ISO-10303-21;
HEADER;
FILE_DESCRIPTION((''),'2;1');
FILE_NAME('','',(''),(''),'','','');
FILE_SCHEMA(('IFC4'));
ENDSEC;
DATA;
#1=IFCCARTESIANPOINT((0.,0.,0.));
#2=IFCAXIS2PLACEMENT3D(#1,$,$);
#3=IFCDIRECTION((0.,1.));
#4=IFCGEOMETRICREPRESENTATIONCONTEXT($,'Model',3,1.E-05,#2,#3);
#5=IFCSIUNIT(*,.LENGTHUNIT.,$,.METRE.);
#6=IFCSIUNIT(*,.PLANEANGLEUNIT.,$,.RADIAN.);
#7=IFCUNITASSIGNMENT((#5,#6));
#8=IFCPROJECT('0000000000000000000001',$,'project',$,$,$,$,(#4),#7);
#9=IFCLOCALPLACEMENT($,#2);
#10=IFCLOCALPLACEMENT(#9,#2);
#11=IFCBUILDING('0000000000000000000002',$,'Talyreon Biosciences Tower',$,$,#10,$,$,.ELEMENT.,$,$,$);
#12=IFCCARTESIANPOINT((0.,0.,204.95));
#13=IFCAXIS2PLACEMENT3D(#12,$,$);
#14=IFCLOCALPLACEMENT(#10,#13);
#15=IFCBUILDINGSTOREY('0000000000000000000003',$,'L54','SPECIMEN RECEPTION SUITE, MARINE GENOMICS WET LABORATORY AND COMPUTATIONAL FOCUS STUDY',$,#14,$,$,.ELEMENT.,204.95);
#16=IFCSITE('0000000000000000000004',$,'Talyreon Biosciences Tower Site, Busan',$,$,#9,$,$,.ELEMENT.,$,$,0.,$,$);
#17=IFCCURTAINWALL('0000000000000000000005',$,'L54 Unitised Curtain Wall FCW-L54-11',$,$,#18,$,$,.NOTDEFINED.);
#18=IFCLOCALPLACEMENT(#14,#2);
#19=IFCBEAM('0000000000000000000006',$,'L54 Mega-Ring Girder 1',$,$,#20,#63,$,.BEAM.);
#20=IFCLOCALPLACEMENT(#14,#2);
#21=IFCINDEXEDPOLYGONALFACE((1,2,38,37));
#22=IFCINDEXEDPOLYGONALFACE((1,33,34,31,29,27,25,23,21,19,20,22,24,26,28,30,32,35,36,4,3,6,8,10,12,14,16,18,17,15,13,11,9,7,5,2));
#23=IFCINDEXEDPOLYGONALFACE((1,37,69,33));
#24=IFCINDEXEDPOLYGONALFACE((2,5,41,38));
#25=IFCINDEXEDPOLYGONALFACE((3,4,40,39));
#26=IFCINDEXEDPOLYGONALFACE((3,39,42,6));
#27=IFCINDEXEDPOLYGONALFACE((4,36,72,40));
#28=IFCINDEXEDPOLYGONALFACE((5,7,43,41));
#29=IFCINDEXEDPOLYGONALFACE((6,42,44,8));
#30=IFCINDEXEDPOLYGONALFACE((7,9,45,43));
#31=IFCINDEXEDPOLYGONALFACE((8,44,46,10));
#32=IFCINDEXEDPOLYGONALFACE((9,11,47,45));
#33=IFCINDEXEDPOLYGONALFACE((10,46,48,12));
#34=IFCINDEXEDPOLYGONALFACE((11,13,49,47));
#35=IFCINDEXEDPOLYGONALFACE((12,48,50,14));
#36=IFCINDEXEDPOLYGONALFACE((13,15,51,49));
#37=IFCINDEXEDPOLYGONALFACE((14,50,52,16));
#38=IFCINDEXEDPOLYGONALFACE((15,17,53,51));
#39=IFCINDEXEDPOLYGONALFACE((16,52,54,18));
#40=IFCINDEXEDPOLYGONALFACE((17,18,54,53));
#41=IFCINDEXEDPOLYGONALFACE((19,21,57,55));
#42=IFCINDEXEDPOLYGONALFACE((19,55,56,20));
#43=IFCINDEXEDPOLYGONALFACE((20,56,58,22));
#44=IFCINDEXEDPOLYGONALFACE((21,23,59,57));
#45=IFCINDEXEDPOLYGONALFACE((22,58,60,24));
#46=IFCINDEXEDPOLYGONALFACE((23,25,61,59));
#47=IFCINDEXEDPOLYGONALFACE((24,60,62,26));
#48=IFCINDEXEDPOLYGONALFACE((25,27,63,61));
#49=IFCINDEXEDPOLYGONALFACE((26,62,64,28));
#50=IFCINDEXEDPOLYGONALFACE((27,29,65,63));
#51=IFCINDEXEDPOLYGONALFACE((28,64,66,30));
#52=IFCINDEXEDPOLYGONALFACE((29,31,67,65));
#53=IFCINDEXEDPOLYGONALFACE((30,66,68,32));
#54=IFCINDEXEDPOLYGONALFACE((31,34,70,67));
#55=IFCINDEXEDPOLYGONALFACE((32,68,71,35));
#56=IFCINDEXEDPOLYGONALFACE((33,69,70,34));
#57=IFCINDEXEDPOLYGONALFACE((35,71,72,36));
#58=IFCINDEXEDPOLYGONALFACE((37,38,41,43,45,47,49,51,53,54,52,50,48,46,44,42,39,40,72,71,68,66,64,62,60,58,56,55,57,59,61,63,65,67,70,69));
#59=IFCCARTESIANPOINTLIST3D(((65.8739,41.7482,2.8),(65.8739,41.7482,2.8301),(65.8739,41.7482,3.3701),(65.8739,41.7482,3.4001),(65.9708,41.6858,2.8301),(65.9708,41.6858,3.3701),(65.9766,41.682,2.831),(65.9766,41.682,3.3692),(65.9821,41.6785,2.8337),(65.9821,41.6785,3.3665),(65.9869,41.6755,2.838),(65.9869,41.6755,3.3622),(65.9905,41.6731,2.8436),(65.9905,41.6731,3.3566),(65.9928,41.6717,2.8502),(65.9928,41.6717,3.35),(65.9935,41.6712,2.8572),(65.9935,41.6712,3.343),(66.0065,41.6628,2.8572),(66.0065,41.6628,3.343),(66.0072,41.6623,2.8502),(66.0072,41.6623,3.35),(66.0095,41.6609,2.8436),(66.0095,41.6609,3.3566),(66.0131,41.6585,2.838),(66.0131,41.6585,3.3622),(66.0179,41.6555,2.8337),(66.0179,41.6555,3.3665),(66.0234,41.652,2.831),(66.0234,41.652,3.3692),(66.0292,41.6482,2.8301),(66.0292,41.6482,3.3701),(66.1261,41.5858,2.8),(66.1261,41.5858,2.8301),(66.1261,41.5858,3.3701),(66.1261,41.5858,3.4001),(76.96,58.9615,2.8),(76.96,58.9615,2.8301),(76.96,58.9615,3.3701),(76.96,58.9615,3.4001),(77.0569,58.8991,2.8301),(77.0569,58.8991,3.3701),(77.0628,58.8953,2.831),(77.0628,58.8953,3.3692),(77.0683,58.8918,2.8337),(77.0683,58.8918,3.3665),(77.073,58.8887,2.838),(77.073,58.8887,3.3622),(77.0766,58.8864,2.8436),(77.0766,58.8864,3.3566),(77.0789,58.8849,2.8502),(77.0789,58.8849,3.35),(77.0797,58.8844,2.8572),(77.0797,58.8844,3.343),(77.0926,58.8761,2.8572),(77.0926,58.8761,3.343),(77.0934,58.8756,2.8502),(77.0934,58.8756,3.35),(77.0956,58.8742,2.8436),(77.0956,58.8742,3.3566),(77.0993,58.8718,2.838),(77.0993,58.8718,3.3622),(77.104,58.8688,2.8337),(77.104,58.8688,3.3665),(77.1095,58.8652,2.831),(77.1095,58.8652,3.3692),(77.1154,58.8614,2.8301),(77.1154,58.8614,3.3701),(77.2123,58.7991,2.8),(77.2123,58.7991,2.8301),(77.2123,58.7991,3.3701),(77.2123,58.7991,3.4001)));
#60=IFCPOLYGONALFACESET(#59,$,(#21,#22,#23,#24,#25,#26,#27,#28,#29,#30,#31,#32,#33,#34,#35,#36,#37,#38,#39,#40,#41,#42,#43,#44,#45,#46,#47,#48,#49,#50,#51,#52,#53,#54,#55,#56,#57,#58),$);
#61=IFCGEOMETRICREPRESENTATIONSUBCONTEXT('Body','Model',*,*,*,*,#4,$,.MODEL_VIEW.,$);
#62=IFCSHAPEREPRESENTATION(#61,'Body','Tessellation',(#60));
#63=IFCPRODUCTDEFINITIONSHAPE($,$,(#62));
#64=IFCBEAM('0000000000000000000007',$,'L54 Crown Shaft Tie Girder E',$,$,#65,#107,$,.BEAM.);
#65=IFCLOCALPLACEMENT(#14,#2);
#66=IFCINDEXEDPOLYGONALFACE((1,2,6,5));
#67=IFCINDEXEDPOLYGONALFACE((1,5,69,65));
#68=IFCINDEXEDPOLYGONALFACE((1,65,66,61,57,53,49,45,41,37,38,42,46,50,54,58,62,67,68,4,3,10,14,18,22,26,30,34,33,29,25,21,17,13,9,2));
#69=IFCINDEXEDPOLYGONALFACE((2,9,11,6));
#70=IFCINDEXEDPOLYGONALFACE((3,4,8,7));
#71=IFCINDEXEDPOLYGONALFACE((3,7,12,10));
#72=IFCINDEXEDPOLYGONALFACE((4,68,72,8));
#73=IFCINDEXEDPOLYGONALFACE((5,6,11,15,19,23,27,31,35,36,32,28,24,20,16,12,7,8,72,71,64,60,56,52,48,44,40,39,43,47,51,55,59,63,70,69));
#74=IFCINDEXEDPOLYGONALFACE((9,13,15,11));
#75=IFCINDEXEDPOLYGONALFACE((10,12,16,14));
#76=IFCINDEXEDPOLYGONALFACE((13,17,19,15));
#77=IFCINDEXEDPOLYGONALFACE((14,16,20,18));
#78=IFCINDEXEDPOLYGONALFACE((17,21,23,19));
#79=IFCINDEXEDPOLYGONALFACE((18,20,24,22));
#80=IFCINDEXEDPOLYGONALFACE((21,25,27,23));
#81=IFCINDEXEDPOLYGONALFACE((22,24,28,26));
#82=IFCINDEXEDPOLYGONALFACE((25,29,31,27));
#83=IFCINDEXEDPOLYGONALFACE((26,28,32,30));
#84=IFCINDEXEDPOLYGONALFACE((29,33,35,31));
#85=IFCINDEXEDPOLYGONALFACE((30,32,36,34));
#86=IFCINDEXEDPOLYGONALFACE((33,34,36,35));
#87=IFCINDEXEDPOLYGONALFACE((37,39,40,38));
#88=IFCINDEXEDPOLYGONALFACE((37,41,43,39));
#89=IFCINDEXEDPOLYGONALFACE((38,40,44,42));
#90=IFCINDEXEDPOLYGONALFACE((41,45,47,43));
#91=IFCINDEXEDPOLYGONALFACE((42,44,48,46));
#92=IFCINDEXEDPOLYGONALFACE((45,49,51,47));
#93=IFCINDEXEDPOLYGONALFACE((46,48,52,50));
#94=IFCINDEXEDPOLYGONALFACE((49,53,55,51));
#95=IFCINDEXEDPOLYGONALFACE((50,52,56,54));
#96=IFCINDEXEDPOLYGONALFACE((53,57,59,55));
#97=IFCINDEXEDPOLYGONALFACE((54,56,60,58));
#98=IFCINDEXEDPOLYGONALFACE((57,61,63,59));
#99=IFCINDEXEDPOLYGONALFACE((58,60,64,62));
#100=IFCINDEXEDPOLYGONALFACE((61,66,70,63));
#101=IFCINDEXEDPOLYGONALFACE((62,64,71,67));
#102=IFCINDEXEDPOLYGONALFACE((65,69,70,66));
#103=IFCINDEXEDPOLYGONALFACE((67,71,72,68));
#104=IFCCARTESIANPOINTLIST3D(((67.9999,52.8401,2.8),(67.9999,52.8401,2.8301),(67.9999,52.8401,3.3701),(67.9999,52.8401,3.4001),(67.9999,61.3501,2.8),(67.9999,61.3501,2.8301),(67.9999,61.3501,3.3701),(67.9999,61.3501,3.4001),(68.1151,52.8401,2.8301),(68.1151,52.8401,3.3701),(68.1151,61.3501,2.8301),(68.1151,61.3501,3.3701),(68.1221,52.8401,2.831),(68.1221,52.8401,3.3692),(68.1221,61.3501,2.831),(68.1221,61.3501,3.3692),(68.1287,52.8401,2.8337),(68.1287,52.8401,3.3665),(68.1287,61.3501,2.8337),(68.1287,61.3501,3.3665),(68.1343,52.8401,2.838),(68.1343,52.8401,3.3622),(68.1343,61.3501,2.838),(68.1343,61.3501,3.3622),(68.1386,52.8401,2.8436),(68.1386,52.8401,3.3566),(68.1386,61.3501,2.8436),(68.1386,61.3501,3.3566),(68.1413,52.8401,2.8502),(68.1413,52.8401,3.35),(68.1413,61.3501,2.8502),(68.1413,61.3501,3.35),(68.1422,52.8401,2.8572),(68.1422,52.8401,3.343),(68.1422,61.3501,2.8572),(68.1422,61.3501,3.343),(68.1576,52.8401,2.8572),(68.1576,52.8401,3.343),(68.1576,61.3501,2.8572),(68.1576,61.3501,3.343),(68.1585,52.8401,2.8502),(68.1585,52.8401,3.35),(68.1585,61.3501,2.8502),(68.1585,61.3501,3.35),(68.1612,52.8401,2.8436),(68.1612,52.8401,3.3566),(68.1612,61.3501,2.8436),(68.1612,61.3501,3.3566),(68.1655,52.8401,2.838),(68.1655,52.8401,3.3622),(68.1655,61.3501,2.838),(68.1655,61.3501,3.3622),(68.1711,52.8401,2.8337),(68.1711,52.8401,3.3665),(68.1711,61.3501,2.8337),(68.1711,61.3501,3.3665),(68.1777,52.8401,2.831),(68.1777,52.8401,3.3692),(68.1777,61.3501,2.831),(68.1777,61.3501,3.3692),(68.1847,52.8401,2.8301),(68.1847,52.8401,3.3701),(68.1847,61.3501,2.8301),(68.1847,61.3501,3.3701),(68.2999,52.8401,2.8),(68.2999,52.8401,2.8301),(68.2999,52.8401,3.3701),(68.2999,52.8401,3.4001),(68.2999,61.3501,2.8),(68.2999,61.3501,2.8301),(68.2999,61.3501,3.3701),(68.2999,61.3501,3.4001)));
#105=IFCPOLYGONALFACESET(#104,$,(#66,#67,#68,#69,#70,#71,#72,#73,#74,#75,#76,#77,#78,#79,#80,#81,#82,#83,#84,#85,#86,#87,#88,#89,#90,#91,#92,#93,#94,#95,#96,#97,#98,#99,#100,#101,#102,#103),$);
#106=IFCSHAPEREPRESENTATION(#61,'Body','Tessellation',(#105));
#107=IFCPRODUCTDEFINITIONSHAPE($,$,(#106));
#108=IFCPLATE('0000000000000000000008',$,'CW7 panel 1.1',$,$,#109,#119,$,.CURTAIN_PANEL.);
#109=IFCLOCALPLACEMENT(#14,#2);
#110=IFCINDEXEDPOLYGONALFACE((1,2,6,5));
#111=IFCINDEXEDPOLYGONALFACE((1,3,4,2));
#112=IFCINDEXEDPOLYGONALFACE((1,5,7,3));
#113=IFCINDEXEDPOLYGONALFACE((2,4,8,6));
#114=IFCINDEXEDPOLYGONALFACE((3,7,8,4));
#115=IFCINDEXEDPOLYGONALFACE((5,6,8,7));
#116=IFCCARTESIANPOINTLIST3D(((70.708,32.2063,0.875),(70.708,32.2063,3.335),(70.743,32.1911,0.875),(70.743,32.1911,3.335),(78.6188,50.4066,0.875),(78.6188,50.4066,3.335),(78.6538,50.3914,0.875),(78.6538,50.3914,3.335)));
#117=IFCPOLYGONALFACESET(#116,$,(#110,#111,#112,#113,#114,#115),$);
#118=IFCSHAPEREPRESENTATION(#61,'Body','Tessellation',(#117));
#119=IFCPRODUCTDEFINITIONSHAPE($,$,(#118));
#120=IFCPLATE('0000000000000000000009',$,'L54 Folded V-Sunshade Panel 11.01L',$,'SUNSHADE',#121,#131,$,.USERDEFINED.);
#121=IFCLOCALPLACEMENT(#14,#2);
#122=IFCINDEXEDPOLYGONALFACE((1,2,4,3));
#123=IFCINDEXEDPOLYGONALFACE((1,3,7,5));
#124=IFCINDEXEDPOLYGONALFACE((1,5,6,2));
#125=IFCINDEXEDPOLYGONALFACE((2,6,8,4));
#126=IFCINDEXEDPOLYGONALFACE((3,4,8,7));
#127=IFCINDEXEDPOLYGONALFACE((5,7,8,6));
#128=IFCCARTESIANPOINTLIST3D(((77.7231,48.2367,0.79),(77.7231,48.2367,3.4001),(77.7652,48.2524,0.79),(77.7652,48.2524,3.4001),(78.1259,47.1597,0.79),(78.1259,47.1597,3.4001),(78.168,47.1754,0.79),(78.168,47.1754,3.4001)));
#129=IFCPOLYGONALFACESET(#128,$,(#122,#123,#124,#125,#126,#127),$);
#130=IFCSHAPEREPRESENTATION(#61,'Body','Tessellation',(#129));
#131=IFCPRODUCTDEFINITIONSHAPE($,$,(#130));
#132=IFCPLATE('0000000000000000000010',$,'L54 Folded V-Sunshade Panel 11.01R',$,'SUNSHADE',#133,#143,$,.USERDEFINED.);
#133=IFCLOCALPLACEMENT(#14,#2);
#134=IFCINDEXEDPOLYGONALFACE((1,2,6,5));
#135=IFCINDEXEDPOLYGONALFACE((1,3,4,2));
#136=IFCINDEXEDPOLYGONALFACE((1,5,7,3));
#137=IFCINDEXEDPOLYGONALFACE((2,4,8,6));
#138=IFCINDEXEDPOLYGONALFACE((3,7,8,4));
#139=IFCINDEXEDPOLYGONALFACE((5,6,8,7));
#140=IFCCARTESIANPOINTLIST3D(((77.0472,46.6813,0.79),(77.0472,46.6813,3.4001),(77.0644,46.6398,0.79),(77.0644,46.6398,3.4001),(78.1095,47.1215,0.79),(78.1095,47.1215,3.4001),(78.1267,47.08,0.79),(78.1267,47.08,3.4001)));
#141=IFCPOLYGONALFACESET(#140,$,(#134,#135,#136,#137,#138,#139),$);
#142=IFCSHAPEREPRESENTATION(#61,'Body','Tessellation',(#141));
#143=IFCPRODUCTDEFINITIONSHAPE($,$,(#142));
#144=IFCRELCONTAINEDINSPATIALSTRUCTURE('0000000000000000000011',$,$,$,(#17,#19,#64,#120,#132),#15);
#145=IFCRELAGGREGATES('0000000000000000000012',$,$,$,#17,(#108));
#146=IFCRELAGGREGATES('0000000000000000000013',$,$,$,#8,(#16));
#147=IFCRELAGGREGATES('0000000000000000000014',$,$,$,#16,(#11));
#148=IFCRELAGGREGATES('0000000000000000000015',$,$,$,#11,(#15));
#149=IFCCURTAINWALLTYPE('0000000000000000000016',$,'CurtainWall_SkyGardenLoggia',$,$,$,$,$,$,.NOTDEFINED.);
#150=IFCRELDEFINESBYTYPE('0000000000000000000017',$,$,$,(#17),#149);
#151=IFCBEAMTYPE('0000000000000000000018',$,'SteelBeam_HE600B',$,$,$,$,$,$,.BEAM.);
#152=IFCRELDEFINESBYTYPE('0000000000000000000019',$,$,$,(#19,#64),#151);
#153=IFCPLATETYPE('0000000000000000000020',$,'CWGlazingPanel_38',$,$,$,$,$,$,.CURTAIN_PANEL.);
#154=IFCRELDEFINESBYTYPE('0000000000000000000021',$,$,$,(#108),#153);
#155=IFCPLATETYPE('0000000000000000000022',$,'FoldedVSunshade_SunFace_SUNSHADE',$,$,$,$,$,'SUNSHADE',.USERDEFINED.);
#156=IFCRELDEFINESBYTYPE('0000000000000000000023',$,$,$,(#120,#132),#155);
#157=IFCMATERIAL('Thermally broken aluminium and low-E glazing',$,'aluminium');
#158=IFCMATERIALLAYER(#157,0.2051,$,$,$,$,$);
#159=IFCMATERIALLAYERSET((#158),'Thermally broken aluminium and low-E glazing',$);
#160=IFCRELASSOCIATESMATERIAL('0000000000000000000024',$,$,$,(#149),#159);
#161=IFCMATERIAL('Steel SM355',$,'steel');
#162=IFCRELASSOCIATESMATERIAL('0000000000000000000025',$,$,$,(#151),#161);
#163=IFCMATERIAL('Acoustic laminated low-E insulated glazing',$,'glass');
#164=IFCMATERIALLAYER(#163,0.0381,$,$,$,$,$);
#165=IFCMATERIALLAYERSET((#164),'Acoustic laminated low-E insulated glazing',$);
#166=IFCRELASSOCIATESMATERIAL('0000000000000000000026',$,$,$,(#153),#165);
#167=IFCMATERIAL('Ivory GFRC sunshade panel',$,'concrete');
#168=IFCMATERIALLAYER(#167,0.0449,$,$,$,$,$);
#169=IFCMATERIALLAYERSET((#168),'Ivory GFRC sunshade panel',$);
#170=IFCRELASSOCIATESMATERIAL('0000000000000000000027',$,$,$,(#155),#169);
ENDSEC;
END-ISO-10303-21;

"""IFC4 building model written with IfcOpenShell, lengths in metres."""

from ifc_helpers import new_model, si_unit, direction, frame, origin, origin_2d, place, context, subcontext, project, spatial, rectangle, i_section, extrude, material, layer, layer_set, material_profile, profile_set, type_object, element, aggregate, save


model = new_model("IFC4")

# Units and contexts
model_context = context("Model", 3, precision=1e-05, world=origin(), true_north=direction((0.0, 1.0)))
body_context = subcontext(model_context, "Body", "Model", "MODEL_VIEW")
ifc_project = project(units=[si_unit("LENGTHUNIT", "METRE"), si_unit("PLANEANGLEUNIT", "RADIAN")], contexts=[model_context])

# Site, building, storey
site_placement = place(None, origin())
site = spatial("IfcSite", under=ifc_project, at=site_placement, Name="Talyreon Biosciences Tower Site, Busan", CompositionType="ELEMENT", RefElevation=0.0)
building_placement = place(site_placement, origin())
building = spatial("IfcBuilding", under=site, at=building_placement, Name="Talyreon Biosciences Tower", CompositionType="ELEMENT")
storey_placement = place(building_placement, frame((0.0, 0.0, 204.95)))
storey = spatial("IfcBuildingStorey", under=building, at=storey_placement, Name="L54", Description="SPECIMEN RECEPTION SUITE, MARINE GENOMICS WET LABORATORY AND COMPUTATIONAL FOCUS STUDY", CompositionType="ELEMENT", Elevation=204.95)

# Curtain wall
ifc_material_1 = material(Name="Thermally broken aluminium and low-E glazing", Category="aluminium")
ifc_layer_1 = layer(ifc_material_1, 0.2051)
ifc_layer_set_1 = layer_set([ifc_layer_1], Name="Thermally broken aluminium and low-E glazing")
curtain_wall_type = type_object("IfcCurtainWallType", Name="CurtainWall_SkyGardenLoggia", PredefinedType="NOTDEFINED", material=ifc_layer_set_1)
curtain_wall_placement = place(storey_placement, origin())
curtain_wall = element("IfcCurtainWall", 1, at=curtain_wall_placement, inside=storey, type_object=curtain_wall_type, Name="L54 Unitised Curtain Wall FCW-L54-11", PredefinedType="NOTDEFINED")

# Beams
ifc_material_2 = material(Name="Steel SM355", Category="steel")
ifc_material_profile_1 = material_profile(ifc_material_2, i_section(OverallWidth=0.3, OverallDepth=0.6001, WebThickness=0.0154, FlangeThickness=0.03, FilletRadius=0.0271, at=origin_2d()), Name="HE600B")
ifc_profile_set_1 = profile_set([ifc_material_profile_1], Name="Steel SM355")
beam_type_1 = type_object("IfcBeamType", Name="SteelBeam_HE600B", PredefinedType="BEAM", material=ifc_profile_set_1)
beam_1_placement = place(storey_placement, frame((66.0, 41.667, 3.1001), z_axis=(0.541464, 0.840724, 0.0), x_axis=(-0.840724, 0.541464, 0.0)))
element("IfcBeam", 2, at=beam_1_placement, inside=storey, type_object=beam_type_1, Name="L54 Mega-Ring Girder 1", PredefinedType="BEAM", context=body_context, shape_type="SweptSolid", body=[
    extrude(i_section(OverallWidth=0.3, OverallDepth=0.6001, WebThickness=0.0154, FlangeThickness=0.03, FilletRadius=0.0271, at=origin_2d()), origin(), (0.0, 0.0, 1.0), 20.4744),
])
beam_2_placement = place(storey_placement, frame((68.1499, 52.8401, 3.1001), z_axis=(0.0, 1.0, 0.0), x_axis=(-1.0, 0.0, 0.0)))
element("IfcBeam", 3, at=beam_2_placement, inside=storey, type_object=beam_type_1, Name="L54 Crown Shaft Tie Girder E", PredefinedType="BEAM", context=body_context, shape_type="SweptSolid", body=[
    extrude(i_section(OverallWidth=0.3, OverallDepth=0.6001, WebThickness=0.0154, FlangeThickness=0.03, FilletRadius=0.0271, at=origin_2d()), origin(), (0.0, 0.0, 1.0), 8.51),
])

# Plate
ifc_material_3 = material(Name="Acoustic laminated low-E insulated glazing", Category="glass")
ifc_layer_2 = layer(ifc_material_3, 0.0381)
ifc_layer_set_2 = layer_set([ifc_layer_2], Name="Acoustic laminated low-E insulated glazing")
plate_type_1 = type_object("IfcPlateType", Name="CWGlazingPanel_38", PredefinedType="CURTAIN_PANEL", material=ifc_layer_set_2)
plate_placement = place(storey_placement, frame((74.6809, 41.2988, 0.875), z_axis=(0.0, 0.0, 1.0), x_axis=(-0.398625, -0.917114, 0.0)))
plate = element("IfcPlate", 4, at=plate_placement, type_object=plate_type_1, Name="CW7 panel 1.1", PredefinedType="CURTAIN_PANEL", context=body_context, shape_type="SweptSolid", body=[
    extrude(rectangle(XDim=19.8452, YDim=0.0381, at=origin_2d()), origin(), (0.0, 0.0, 1.0), 2.46),
])
aggregate(curtain_wall, [plate])

# Plates
ifc_material_4 = material(Name="Ivory GFRC sunshade panel", Category="concrete")
ifc_layer_3 = layer(ifc_material_4, 0.0449)
ifc_layer_set_3 = layer_set([ifc_layer_3], Name="Ivory GFRC sunshade panel")
plate_type_2 = type_object("IfcPlateType", Name="FoldedVSunshade_SunFace_SUNSHADE", ElementType="SUNSHADE", PredefinedType="USERDEFINED", material=ifc_layer_set_3)
for number, where, z_axis, x_axis, name in (
    (5, (77.9456, 47.7061, 0.79), (0.0, 0.0, 1.0), (0.350338, -0.936623, 0.0), "L54 Folded V-Sunshade Panel 11.01L"),
    (6, (77.5869, 46.8806, 0.79), (0.0, 0.0, 1.0), (-0.923826, -0.382812, 0.0), "L54 Folded V-Sunshade Panel 11.01R"),
):
    element("IfcPlate", number, at=place(storey_placement, frame(where, z_axis=z_axis, x_axis=x_axis)), inside=storey, type_object=plate_type_2, Name=name, ObjectType="SUNSHADE", PredefinedType="USERDEFINED", context=body_context, shape_type="SweptSolid", body=[
        extrude(rectangle(XDim=1.1499, YDim=0.0449, at=origin_2d()), origin(), (0.0, 0.0, 1.0), 2.6101),
    ])

save(model, "model.ifc")
